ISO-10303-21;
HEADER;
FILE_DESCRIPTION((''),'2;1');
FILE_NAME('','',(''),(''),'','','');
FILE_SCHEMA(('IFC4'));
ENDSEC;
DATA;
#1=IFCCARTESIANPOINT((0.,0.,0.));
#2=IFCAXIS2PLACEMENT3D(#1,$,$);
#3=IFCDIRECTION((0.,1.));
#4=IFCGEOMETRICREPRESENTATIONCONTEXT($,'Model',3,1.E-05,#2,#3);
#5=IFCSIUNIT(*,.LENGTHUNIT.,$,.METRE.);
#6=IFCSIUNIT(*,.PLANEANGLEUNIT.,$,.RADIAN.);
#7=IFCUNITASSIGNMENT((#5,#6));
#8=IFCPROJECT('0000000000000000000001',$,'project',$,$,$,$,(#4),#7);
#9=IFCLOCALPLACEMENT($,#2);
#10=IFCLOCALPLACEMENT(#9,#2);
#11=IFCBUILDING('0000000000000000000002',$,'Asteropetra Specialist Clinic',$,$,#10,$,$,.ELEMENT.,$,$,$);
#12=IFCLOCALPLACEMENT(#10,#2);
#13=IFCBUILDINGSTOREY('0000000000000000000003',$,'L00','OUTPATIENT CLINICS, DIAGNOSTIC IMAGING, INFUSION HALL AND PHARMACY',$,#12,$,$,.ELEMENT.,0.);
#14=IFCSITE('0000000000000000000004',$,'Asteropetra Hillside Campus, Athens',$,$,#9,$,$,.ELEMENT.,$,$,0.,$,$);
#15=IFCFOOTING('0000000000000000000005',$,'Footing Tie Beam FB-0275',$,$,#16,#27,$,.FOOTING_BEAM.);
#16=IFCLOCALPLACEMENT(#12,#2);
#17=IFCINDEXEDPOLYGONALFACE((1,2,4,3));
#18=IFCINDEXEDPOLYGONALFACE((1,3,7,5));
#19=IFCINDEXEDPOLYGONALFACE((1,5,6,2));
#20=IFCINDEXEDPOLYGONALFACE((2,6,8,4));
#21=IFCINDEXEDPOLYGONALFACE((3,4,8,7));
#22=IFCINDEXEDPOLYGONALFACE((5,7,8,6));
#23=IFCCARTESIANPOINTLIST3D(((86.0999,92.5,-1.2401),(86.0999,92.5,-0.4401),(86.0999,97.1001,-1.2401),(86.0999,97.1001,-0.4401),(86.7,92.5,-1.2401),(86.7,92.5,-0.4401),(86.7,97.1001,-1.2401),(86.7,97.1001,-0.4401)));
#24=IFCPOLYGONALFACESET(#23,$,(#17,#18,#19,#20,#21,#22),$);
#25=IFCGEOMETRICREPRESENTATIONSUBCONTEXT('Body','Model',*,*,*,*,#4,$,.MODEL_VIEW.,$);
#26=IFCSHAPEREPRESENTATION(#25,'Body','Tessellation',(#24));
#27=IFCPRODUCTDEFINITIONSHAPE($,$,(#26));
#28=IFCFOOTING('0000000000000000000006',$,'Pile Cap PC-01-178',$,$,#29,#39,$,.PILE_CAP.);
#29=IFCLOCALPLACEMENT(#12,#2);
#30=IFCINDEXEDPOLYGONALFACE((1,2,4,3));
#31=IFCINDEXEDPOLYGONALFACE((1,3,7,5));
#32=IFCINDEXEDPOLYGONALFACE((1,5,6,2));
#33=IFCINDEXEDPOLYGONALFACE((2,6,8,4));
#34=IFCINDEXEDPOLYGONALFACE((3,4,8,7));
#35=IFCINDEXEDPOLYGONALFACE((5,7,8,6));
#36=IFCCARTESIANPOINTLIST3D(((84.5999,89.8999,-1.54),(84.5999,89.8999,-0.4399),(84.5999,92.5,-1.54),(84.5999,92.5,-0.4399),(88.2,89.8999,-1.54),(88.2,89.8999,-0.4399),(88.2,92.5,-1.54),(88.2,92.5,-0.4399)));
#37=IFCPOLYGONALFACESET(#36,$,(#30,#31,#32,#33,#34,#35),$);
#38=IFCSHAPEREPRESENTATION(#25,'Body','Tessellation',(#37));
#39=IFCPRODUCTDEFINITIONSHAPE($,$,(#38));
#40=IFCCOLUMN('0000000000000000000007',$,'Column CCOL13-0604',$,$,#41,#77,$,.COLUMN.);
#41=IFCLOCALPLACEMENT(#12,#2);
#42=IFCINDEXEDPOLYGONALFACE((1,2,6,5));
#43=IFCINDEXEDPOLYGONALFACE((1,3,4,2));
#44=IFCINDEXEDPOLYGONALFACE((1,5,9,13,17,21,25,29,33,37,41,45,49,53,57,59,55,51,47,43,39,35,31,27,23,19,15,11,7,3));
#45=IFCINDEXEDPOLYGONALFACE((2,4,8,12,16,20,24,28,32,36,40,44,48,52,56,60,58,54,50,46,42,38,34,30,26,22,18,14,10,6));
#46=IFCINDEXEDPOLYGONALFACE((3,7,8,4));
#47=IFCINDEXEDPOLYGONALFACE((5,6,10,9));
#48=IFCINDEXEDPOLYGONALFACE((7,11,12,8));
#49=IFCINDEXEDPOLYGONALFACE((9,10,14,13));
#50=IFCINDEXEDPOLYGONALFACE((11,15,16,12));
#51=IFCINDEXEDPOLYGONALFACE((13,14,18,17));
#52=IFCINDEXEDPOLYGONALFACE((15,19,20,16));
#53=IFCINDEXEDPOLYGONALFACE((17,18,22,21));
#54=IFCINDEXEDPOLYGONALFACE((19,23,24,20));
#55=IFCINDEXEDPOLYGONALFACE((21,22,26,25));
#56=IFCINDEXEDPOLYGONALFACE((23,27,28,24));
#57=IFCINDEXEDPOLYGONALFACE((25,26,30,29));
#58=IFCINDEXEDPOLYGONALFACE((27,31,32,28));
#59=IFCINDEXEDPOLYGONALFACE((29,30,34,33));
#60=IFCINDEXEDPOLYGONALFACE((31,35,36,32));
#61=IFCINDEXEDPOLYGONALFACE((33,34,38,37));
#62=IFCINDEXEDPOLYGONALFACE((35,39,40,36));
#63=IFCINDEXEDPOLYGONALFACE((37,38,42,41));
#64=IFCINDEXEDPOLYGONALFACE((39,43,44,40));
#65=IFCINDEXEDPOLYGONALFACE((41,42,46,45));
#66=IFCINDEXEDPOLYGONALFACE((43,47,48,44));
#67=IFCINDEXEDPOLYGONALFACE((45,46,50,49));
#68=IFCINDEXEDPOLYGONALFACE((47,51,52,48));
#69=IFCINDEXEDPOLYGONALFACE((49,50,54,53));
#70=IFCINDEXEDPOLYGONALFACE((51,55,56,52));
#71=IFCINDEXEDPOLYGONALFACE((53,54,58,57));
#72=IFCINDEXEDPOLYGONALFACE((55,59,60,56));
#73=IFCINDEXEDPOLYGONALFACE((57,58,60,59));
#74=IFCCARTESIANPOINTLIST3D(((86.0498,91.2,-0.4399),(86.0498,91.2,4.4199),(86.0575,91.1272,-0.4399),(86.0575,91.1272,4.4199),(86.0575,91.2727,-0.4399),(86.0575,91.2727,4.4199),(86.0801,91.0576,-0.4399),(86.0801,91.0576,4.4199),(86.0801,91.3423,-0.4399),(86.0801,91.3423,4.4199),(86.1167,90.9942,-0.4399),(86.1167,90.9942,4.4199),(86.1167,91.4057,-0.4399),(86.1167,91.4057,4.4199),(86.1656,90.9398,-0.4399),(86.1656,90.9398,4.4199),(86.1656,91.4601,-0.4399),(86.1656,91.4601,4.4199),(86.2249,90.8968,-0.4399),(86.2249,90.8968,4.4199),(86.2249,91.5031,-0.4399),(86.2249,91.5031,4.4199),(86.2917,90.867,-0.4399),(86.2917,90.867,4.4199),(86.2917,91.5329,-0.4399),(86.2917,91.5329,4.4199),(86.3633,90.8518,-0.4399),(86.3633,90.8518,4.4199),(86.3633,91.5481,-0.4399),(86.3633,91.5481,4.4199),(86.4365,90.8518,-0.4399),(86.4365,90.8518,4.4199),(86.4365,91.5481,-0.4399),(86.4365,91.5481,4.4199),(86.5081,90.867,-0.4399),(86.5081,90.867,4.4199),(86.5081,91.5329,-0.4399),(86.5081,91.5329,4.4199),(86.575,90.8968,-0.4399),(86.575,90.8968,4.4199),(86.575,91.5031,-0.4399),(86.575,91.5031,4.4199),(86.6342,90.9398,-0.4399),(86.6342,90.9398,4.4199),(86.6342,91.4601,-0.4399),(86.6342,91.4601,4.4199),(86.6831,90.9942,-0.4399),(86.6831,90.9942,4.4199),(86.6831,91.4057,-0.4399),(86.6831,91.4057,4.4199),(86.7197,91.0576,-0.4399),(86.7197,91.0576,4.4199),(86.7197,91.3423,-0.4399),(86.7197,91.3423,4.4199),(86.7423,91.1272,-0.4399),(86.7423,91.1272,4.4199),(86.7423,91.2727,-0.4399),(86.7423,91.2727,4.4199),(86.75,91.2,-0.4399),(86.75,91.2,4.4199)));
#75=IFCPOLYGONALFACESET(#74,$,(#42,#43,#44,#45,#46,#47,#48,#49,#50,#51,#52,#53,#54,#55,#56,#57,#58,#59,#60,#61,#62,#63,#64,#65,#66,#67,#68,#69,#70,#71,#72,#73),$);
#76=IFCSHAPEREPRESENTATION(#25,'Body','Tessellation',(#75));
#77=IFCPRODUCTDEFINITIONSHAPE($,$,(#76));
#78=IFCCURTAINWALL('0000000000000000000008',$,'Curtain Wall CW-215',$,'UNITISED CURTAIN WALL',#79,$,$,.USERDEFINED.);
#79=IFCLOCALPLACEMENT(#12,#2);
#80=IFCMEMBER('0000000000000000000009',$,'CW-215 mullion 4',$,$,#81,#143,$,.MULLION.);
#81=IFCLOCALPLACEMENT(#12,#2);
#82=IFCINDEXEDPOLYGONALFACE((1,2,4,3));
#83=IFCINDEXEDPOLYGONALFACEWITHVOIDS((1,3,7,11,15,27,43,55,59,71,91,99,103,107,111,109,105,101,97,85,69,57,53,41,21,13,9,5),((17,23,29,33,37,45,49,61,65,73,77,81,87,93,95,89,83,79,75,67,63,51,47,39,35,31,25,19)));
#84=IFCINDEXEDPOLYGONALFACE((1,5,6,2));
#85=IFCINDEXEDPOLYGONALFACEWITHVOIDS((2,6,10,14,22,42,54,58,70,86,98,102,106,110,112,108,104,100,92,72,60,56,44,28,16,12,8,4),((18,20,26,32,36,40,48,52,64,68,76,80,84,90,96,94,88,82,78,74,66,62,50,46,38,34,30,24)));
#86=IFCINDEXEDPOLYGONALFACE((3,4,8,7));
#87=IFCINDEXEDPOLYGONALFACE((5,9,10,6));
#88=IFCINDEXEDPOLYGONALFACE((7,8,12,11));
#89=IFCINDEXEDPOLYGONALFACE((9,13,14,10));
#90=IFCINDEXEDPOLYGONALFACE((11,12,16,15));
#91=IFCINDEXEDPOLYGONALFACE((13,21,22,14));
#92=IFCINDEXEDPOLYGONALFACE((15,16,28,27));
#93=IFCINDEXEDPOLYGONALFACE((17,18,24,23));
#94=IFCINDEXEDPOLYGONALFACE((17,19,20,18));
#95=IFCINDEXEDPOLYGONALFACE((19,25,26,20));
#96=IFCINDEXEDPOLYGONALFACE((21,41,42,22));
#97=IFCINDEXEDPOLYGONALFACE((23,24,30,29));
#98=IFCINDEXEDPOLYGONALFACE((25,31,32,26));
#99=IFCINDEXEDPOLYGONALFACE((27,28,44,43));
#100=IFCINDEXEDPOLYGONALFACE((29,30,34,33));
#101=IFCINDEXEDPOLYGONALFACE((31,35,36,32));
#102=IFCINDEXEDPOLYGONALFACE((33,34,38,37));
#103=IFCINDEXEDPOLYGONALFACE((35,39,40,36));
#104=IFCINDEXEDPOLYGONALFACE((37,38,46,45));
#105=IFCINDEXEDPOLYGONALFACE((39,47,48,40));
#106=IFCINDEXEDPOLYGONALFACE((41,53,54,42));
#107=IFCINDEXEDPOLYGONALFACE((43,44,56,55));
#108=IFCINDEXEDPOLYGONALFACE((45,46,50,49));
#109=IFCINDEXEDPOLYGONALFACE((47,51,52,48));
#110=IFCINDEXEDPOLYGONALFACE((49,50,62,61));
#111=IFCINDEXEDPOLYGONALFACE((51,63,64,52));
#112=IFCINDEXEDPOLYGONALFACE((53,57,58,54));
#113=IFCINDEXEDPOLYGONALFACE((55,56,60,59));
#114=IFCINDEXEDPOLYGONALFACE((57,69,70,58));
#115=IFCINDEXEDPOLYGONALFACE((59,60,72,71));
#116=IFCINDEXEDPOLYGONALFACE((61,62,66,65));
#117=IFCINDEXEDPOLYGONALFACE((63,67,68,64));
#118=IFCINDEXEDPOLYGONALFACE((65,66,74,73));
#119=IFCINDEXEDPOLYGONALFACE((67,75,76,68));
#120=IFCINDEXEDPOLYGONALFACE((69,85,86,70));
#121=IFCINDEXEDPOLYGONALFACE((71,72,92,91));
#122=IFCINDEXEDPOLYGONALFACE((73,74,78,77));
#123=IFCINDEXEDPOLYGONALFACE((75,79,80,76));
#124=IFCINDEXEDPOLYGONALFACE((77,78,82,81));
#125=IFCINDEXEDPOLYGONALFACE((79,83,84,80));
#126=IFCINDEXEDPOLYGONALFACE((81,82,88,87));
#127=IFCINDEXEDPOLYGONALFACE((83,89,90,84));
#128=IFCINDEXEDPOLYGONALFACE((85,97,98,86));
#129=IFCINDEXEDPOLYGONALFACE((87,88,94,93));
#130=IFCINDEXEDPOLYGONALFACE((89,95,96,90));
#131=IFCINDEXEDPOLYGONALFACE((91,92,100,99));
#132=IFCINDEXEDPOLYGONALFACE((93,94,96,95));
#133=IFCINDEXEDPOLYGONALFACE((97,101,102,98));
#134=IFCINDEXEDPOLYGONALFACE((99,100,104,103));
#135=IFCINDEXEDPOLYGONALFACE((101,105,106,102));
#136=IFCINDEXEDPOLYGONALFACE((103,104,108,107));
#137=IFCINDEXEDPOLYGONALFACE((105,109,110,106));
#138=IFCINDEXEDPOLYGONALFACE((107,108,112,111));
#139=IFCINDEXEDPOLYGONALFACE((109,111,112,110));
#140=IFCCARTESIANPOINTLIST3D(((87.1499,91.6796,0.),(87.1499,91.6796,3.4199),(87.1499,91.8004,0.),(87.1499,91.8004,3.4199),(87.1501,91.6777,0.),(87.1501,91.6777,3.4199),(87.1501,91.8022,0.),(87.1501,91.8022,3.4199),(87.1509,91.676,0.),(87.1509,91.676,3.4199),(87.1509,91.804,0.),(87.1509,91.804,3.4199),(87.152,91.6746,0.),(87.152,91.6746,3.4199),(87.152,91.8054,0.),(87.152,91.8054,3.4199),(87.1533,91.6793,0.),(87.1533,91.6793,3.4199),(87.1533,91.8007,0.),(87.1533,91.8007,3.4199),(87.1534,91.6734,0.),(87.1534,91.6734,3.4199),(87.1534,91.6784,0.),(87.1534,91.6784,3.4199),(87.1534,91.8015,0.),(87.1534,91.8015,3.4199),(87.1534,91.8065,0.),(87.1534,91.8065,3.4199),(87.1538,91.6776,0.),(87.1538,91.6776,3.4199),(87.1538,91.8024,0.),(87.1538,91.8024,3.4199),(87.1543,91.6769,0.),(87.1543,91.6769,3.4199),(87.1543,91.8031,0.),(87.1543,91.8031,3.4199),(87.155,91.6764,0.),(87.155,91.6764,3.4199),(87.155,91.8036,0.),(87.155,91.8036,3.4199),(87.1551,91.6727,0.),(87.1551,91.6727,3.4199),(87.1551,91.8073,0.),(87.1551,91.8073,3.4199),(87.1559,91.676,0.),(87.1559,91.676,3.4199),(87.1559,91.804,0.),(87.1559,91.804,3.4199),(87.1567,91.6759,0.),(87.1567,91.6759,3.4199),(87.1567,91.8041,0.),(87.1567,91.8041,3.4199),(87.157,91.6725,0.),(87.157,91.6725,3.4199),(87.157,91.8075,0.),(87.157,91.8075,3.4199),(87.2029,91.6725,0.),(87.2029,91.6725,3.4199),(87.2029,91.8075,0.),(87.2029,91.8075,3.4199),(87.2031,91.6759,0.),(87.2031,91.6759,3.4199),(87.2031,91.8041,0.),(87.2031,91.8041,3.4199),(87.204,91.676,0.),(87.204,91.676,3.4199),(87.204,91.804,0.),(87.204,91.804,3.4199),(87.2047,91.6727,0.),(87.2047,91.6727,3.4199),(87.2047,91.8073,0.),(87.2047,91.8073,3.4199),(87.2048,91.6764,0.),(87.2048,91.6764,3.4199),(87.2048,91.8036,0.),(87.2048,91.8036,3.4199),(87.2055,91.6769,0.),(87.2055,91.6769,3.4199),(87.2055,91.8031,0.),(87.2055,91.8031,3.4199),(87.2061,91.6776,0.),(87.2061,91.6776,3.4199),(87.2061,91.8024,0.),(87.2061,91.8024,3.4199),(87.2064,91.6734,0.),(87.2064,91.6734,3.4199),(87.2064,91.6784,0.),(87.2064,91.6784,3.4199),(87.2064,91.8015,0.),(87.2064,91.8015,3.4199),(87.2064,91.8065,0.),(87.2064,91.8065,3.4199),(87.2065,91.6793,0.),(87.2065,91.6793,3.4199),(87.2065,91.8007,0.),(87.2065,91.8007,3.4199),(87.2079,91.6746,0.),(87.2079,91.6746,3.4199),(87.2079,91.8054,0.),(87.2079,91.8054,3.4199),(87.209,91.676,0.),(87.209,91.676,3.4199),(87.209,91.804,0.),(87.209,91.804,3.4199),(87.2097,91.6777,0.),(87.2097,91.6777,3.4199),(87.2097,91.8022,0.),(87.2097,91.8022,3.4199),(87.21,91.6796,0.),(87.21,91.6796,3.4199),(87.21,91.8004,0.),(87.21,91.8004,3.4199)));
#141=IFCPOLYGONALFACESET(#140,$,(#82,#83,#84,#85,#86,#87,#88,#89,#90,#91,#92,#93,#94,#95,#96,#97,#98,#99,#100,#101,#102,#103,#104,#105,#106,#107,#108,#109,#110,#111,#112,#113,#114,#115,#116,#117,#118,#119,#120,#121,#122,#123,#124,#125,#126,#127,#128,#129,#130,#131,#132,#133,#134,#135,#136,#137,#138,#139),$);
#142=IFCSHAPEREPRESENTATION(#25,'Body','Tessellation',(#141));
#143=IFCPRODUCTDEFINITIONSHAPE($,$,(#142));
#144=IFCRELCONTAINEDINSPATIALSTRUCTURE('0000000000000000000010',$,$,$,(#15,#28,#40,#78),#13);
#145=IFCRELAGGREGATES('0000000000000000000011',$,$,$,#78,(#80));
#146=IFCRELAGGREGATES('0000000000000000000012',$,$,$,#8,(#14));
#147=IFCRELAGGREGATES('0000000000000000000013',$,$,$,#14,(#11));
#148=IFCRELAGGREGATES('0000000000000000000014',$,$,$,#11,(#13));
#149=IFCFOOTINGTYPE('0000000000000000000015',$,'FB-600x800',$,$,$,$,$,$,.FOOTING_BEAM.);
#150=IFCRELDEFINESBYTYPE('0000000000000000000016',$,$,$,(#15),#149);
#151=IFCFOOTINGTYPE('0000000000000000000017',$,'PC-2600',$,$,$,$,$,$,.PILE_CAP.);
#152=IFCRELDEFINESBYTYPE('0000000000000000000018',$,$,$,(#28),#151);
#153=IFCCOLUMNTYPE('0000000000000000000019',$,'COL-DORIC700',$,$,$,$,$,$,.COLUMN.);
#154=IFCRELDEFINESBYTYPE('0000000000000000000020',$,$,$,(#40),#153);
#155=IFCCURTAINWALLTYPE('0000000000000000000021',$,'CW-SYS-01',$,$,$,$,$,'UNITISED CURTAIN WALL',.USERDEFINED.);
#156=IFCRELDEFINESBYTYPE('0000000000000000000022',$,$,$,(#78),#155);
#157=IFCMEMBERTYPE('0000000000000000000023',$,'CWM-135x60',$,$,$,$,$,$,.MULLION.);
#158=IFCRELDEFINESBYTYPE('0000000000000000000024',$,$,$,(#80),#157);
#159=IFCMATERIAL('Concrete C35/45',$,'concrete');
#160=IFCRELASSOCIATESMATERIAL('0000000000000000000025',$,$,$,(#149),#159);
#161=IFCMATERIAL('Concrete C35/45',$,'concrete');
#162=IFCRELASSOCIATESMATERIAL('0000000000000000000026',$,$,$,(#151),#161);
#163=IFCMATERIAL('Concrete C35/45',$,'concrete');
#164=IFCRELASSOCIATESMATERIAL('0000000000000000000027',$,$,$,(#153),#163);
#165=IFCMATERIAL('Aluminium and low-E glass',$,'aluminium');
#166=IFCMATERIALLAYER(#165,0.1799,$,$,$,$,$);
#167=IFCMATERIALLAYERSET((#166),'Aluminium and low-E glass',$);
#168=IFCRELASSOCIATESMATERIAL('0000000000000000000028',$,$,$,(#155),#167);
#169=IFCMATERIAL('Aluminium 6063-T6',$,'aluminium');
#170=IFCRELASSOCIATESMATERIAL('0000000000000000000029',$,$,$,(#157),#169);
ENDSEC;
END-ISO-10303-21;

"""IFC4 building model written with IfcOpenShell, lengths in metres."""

from ifc_helpers import new_model, si_unit, direction, frame, origin, origin_2d, place, context, subcontext, project, spatial, rectangle, hollow_rectangle, circle, extrude, material, layer, layer_set, material_profile, profile_set, type_object, element, aggregate, save


model = new_model("IFC4")

# Units and contexts
model_context = context("Model", 3, precision=1e-05, world=origin(), true_north=direction((0.0, 1.0)))
body_context = subcontext(model_context, "Body", "Model", "MODEL_VIEW")
ifc_project = project(units=[si_unit("LENGTHUNIT", "METRE"), si_unit("PLANEANGLEUNIT", "RADIAN")], contexts=[model_context])

# Site, building, storey
site_placement = place(None, origin())
site = spatial("IfcSite", under=ifc_project, at=site_placement, Name="Asteropetra Hillside Campus, Athens", CompositionType="ELEMENT", RefElevation=0.0)
building_placement = place(site_placement, origin())
building = spatial("IfcBuilding", under=site, at=building_placement, Name="Asteropetra Specialist Clinic", CompositionType="ELEMENT")
storey_placement = place(building_placement, origin())
storey = spatial("IfcBuildingStorey", under=building, at=storey_placement, Name="L00", Description="OUTPATIENT CLINICS, DIAGNOSTIC IMAGING, INFUSION HALL AND PHARMACY", CompositionType="ELEMENT", Elevation=0.0)

# Footings
ifc_material_1 = material(Name="Concrete C35/45", Category="concrete")
ifc_material_profile_1 = material_profile(ifc_material_1, rectangle(XDim=0.6001, YDim=0.8, at=origin_2d()), Name="FB 600x800")
ifc_profile_set_1 = profile_set([ifc_material_profile_1], Name="Concrete C35/45")
footing_type_1 = type_object("IfcFootingType", Name="FB-600x800", PredefinedType="FOOTING_BEAM", material=ifc_profile_set_1)
footing_1_placement = place(storey_placement, frame((86.3999, 92.5, -0.8401), z_axis=(0.0, 1.0, 0.0), x_axis=(-1.0, 0.0, 0.0)))
element("IfcFooting", 1, at=footing_1_placement, inside=storey, type_object=footing_type_1, Name="Footing Tie Beam FB-0275", PredefinedType="FOOTING_BEAM", context=body_context, shape_type="SweptSolid", body=[
    extrude(rectangle(XDim=0.6001, YDim=0.8, at=origin_2d()), origin(), (0.0, 0.0, 1.0), 4.6001),
])
ifc_material_2 = material(Name="Concrete C35/45", Category="concrete")
footing_type_2 = type_object("IfcFootingType", Name="PC-2600", PredefinedType="PILE_CAP", material=ifc_material_2)
footing_2_placement = place(storey_placement, frame((86.3999, 91.2, -1.54), z_axis=(0.0, 0.0, 1.0), x_axis=(1.0, 0.0, 0.0)))
element("IfcFooting", 2, at=footing_2_placement, inside=storey, type_object=footing_type_2, Name="Pile Cap PC-01-178", PredefinedType="PILE_CAP", context=body_context, shape_type="SweptSolid", body=[
    extrude(rectangle(XDim=3.6001, YDim=2.6001, at=origin_2d()), origin(), (0.0, 0.0, 1.0), 1.1001),
])

# Column
ifc_material_3 = material(Name="Concrete C35/45", Category="concrete")
ifc_material_profile_2 = material_profile(ifc_material_3, circle(Radius=0.3501, at=origin_2d()), Name="RCC D700")
ifc_profile_set_2 = profile_set([ifc_material_profile_2], Name="Concrete C35/45")
column_type = type_object("IfcColumnType", Name="COL-DORIC700", PredefinedType="COLUMN", material=ifc_profile_set_2)
column_placement = place(storey_placement, frame((86.3999, 91.2, -0.4399), z_axis=(0.0, 0.0, 1.0), x_axis=(1.0, 0.0, 0.0)))
element("IfcColumn", 3, at=column_placement, inside=storey, type_object=column_type, Name="Column CCOL13-0604", PredefinedType="COLUMN", context=body_context, shape_type="SweptSolid", body=[
    extrude(circle(Radius=0.3501, at=origin_2d()), origin(), (0.0, 0.0, 1.0), 4.8599),
])

# Curtain wall, member
ifc_material_4 = material(Name="Aluminium and low-E glass", Category="aluminium")
ifc_layer_1 = layer(ifc_material_4, 0.1799)
ifc_layer_set_1 = layer_set([ifc_layer_1], Name="Aluminium and low-E glass")
curtain_wall_type_1 = type_object("IfcCurtainWallType", Name="CW-SYS-01", ElementType="UNITISED CURTAIN WALL", PredefinedType="USERDEFINED", material=ifc_layer_set_1)
curtain_wall_1_placement = place(storey_placement, origin())
curtain_wall_1 = element("IfcCurtainWall", 4, at=curtain_wall_1_placement, inside=storey, type_object=curtain_wall_type_1, Name="Curtain Wall CW-215", ObjectType="UNITISED CURTAIN WALL", PredefinedType="USERDEFINED")
ifc_material_5 = material(Name="Aluminium 6063-T6", Category="aluminium")
ifc_material_profile_3 = material_profile(ifc_material_5, hollow_rectangle(XDim=0.0601, YDim=0.135, WallThickness=0.0034, InnerFilletRadius=0.0034, OuterFilletRadius=0.0071, at=origin_2d()), Name="MUL 135x60x3.5")
ifc_profile_set_3 = profile_set([ifc_material_profile_3], Name="Aluminium 6063-T6")
member_type_1 = type_object("IfcMemberType", Name="CWM-135x60", PredefinedType="MULLION", material=ifc_profile_set_3)
member_1_placement = place(storey_placement, frame((87.1799, 91.74, 0.0), z_axis=(0.0, 0.0, 1.0), x_axis=(1.0, 0.0, 0.0)))
member_1 = element("IfcMember", 5, at=member_1_placement, type_object=member_type_1, Name="CW-215 mullion 4", PredefinedType="MULLION", context=body_context, shape_type="SweptSolid", body=[
    extrude(hollow_rectangle(XDim=0.0601, YDim=0.135, WallThickness=0.0034, InnerFilletRadius=0.0034, OuterFilletRadius=0.0071, at=origin_2d()), origin(), (0.0, 0.0, 1.0), 3.4199),
])
aggregate(curtain_wall_1, [member_1])

save(model, "model.ifc")
